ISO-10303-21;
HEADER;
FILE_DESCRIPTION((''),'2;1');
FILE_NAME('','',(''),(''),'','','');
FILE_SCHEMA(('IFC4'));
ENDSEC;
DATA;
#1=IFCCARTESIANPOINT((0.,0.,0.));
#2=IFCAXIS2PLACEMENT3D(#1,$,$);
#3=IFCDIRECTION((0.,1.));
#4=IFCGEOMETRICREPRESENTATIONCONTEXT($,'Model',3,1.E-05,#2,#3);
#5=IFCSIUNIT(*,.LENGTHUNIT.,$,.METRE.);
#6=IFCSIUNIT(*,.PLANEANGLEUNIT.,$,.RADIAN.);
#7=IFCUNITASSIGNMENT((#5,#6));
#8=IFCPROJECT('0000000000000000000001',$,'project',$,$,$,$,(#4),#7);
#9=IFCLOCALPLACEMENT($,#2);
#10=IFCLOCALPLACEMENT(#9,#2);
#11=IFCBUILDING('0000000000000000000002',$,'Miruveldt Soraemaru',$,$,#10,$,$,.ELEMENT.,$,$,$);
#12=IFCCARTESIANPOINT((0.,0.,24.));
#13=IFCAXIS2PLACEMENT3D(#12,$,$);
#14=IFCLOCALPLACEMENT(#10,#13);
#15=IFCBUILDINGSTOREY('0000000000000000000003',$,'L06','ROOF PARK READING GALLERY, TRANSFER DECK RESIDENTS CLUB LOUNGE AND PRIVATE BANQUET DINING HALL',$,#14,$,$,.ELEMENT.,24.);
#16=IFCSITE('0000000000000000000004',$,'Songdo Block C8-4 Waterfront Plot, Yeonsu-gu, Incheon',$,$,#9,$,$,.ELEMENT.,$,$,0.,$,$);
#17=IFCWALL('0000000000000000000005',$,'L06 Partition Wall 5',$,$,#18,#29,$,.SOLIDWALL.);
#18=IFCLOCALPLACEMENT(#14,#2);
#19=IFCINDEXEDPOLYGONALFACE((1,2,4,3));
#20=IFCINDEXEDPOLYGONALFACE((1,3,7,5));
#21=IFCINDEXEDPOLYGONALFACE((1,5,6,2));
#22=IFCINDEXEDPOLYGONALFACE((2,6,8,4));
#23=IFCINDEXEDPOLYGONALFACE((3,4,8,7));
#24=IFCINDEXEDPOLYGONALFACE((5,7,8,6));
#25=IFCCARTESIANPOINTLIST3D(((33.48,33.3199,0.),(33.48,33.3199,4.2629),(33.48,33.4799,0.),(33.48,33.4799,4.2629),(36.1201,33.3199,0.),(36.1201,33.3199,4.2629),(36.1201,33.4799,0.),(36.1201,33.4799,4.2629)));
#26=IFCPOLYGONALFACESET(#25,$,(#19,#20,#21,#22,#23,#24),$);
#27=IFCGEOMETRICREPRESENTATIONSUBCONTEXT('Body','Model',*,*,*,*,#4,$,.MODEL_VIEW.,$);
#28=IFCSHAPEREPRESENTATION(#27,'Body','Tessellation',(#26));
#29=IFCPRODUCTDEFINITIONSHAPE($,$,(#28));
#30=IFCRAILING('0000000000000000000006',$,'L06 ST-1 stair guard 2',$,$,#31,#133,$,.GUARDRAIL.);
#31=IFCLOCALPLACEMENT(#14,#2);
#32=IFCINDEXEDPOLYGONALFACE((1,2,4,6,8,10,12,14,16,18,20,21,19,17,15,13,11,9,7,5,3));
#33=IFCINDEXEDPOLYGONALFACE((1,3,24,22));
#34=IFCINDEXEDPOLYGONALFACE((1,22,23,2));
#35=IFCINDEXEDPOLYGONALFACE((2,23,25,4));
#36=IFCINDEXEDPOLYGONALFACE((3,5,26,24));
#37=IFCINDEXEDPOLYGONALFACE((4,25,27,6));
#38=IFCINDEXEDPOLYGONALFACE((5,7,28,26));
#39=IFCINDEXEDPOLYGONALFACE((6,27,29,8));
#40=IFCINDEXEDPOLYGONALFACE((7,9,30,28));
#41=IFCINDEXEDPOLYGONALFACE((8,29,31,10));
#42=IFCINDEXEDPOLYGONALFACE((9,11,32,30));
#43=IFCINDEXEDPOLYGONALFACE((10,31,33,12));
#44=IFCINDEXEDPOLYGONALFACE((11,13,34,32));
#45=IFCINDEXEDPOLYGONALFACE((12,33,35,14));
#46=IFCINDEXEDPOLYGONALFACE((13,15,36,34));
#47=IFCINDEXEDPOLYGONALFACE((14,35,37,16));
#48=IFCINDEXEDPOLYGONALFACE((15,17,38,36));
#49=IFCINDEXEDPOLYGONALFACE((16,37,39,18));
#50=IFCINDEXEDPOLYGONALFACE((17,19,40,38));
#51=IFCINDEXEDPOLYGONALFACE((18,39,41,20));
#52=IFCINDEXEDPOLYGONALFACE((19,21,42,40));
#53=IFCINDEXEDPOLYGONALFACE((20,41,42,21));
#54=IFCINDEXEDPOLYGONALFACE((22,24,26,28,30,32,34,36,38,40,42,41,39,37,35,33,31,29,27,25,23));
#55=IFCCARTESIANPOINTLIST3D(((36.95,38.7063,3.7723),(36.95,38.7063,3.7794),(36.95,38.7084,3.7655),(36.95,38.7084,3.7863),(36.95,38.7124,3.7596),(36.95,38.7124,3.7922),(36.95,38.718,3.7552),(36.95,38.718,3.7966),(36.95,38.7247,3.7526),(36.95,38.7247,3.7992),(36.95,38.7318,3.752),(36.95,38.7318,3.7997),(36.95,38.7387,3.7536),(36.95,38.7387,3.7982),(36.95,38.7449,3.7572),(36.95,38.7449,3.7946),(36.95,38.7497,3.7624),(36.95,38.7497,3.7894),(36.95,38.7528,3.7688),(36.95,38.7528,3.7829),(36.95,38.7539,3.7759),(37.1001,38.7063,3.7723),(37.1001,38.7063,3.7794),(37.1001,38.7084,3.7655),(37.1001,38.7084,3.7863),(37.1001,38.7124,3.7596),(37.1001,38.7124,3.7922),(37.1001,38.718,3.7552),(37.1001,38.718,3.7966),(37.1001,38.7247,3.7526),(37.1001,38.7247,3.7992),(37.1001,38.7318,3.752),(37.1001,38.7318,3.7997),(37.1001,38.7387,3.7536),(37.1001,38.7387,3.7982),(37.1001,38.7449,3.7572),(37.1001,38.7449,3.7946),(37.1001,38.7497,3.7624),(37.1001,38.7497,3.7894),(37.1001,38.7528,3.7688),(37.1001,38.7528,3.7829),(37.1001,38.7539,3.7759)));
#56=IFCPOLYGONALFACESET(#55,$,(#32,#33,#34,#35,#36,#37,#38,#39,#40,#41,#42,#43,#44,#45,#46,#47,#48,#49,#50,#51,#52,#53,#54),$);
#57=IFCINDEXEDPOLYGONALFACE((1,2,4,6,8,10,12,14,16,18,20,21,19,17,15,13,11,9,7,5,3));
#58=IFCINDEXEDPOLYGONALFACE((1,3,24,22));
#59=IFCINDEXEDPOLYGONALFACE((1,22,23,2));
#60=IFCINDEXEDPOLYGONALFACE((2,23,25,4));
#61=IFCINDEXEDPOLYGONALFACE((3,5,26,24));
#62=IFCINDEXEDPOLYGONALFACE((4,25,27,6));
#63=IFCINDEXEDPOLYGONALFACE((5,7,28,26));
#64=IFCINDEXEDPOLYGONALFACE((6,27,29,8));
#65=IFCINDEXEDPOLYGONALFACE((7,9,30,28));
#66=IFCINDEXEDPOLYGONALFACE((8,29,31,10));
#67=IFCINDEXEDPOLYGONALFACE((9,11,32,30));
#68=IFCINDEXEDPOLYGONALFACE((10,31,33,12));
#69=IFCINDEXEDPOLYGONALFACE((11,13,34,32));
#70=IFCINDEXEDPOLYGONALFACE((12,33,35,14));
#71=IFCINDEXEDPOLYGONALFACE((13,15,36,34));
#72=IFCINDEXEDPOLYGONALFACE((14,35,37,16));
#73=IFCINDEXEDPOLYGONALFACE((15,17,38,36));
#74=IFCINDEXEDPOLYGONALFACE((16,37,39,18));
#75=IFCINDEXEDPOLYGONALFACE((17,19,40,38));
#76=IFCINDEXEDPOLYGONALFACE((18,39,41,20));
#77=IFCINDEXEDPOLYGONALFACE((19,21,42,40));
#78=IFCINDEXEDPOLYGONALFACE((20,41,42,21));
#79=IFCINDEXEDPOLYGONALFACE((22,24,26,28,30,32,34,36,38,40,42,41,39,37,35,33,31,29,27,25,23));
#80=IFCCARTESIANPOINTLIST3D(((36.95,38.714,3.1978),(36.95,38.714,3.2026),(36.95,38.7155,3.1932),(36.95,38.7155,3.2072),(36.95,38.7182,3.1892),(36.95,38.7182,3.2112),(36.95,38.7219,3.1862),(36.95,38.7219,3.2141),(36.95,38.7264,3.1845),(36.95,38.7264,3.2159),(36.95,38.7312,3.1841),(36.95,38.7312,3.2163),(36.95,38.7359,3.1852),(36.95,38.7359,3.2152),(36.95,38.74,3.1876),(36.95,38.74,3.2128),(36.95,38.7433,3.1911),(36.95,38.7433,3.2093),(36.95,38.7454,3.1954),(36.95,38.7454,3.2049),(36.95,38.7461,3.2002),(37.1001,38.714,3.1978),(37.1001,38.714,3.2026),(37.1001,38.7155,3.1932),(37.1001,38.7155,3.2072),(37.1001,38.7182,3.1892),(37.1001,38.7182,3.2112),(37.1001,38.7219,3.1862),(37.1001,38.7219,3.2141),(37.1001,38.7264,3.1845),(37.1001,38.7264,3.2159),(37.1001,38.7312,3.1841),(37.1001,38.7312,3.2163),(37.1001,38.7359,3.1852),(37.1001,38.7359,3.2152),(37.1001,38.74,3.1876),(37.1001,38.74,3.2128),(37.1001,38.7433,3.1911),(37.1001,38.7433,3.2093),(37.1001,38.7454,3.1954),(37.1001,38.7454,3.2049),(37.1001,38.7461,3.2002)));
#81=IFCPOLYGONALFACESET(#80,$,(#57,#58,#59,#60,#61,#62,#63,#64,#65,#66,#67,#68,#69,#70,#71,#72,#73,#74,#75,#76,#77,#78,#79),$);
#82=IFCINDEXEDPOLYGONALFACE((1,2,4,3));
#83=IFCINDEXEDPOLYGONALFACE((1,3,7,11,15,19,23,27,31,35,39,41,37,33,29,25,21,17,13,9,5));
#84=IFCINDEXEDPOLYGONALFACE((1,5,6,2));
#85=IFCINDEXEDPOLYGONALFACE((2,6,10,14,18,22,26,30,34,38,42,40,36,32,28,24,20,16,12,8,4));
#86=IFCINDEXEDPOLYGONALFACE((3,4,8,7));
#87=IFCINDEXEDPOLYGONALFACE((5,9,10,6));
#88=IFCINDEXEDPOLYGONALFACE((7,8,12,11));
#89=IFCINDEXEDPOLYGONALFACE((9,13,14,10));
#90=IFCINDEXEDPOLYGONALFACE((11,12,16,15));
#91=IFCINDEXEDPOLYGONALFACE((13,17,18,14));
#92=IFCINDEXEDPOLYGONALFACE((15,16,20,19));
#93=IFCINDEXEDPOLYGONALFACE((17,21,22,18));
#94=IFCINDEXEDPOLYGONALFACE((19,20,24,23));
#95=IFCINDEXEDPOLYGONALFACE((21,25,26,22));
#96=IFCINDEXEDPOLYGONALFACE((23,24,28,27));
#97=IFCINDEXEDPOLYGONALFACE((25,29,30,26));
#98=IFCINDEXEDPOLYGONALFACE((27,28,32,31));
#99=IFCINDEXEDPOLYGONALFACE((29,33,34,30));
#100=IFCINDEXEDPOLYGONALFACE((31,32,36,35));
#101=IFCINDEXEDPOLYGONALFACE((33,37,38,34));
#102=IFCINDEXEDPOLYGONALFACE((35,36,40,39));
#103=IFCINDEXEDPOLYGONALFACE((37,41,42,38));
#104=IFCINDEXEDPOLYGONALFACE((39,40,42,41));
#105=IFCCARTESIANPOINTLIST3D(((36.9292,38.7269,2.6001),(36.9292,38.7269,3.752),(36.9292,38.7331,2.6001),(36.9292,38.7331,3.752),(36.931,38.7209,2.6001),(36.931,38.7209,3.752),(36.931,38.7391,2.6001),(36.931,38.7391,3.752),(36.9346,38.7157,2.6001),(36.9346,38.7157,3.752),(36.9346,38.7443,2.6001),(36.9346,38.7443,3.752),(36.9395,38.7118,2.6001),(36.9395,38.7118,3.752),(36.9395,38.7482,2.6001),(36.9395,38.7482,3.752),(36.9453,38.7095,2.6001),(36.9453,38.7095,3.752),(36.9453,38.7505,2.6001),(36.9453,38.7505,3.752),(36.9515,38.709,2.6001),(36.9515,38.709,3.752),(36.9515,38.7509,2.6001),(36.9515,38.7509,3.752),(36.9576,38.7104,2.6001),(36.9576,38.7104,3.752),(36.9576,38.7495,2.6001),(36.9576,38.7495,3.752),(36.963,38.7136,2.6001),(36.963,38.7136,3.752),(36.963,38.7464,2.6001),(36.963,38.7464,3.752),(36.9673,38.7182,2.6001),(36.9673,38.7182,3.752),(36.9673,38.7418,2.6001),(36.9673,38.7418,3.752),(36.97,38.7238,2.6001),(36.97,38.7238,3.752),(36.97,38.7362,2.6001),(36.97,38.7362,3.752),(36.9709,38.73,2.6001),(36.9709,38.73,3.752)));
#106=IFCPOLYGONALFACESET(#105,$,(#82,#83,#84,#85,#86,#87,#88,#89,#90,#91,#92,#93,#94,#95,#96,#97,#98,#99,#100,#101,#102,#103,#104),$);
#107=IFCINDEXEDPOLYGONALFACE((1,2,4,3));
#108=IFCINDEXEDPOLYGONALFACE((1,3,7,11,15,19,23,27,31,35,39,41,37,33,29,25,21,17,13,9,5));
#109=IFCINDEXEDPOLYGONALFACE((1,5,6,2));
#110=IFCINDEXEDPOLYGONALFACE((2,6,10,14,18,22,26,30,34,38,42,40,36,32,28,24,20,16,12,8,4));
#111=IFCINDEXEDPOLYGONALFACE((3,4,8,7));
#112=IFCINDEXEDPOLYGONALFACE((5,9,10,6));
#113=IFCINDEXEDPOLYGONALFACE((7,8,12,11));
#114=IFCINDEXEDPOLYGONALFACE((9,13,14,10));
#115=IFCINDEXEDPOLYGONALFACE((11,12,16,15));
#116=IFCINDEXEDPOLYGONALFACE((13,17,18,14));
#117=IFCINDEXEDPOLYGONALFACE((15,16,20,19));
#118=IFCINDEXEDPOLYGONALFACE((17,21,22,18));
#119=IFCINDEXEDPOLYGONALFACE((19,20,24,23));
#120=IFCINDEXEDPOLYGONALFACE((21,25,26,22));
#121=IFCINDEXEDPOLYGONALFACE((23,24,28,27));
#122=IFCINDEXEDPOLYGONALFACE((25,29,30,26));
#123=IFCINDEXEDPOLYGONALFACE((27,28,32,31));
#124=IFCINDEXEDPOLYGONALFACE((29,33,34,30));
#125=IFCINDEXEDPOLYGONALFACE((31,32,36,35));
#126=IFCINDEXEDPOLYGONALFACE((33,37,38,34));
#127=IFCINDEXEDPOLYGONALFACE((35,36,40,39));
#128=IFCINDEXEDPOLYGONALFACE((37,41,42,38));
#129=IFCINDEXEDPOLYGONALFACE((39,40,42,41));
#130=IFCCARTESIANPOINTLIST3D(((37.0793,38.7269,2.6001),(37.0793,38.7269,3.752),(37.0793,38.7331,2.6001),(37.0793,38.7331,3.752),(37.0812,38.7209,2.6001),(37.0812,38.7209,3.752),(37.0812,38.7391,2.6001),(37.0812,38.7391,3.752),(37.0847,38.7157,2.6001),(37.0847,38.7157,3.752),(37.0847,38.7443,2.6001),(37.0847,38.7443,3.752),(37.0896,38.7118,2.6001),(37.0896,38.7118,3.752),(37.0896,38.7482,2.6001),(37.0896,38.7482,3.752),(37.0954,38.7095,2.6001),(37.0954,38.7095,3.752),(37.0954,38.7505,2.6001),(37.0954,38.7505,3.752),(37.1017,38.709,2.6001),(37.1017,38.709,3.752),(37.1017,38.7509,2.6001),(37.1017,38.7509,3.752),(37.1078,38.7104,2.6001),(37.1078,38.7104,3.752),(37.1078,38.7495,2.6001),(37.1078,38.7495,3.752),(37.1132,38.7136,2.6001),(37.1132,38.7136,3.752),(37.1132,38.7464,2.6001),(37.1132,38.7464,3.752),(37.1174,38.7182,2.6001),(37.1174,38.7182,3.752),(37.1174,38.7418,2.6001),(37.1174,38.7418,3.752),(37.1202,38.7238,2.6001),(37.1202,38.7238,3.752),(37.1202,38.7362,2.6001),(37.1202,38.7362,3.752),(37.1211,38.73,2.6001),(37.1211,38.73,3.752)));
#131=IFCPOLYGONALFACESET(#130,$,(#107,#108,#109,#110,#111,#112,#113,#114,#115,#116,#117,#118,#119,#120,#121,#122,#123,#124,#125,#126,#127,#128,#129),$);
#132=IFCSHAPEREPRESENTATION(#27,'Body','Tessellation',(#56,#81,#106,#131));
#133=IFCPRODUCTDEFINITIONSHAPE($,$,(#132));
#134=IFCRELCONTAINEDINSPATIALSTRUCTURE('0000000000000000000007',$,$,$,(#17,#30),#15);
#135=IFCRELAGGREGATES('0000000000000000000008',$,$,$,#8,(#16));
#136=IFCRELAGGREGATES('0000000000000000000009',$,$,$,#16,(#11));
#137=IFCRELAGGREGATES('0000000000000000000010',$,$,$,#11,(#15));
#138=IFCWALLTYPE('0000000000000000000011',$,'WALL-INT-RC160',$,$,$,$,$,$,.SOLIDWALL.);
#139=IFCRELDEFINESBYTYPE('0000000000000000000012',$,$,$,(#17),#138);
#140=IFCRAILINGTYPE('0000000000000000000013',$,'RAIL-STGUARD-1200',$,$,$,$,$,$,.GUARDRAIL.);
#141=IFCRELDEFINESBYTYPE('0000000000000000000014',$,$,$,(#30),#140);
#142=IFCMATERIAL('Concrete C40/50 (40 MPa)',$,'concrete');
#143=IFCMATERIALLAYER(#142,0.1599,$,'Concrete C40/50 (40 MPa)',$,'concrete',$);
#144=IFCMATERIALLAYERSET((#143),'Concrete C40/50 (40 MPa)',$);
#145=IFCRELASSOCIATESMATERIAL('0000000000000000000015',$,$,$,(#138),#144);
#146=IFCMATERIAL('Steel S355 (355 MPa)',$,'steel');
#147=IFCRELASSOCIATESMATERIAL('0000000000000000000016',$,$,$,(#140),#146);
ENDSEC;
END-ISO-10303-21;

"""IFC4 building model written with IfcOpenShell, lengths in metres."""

from ifc_helpers import new_model, si_unit, direction, frame, frame_2d, origin, origin_2d, place, context, subcontext, project, spatial, rectangle, circle, extrude, material, layer, layer_set, type_object, element, save


model = new_model("IFC4")

# Units and contexts
model_context = context("Model", 3, precision=1e-05, world=origin(), true_north=direction((0.0, 1.0)))
body_context = subcontext(model_context, "Body", "Model", "MODEL_VIEW")
ifc_project = project(units=[si_unit("LENGTHUNIT", "METRE"), si_unit("PLANEANGLEUNIT", "RADIAN")], contexts=[model_context])

# Site, building, storey
site_placement = place(None, origin())
site = spatial("IfcSite", under=ifc_project, at=site_placement, Name="Songdo Block C8-4 Waterfront Plot, Yeonsu-gu, Incheon", CompositionType="ELEMENT", RefElevation=0.0)
building_placement = place(site_placement, origin())
building = spatial("IfcBuilding", under=site, at=building_placement, Name="Miruveldt Soraemaru", CompositionType="ELEMENT")
storey_placement = place(building_placement, frame((0.0, 0.0, 24.0)))
storey = spatial("IfcBuildingStorey", under=building, at=storey_placement, Name="L06", Description="ROOF PARK READING GALLERY, TRANSFER DECK RESIDENTS CLUB LOUNGE AND PRIVATE BANQUET DINING HALL", CompositionType="ELEMENT", Elevation=24.0)

# Wall
ifc_material_1 = material(Name="Concrete C40/50 (40 MPa)", Category="concrete")
ifc_layer_1 = layer(ifc_material_1, 0.1599, Name="Concrete C40/50 (40 MPa)", Category="concrete")
ifc_layer_set_1 = layer_set([ifc_layer_1], Name="Concrete C40/50 (40 MPa)")
wall_type_1 = type_object("IfcWallType", Name="WALL-INT-RC160", PredefinedType="SOLIDWALL", material=ifc_layer_set_1)
wall_1_placement = place(storey_placement, frame((33.48, 33.3999, 0.0), z_axis=(0.0, 0.0, 1.0), x_axis=(1.0, 0.0, 0.0)))
element("IfcWall", 1, at=wall_1_placement, inside=storey, type_object=wall_type_1, Name="L06 Partition Wall 5", PredefinedType="SOLIDWALL", context=body_context, shape_type="SweptSolid", body=[
    extrude(rectangle(XDim=2.6401, YDim=0.1599, at=frame_2d((1.3201, 0.0))), origin(), (0.0, 0.0, 1.0), 4.2629),
])

# Railing
ifc_material_2 = material(Name="Steel S355 (355 MPa)", Category="steel")
railing_type = type_object("IfcRailingType", Name="RAIL-STGUARD-1200", PredefinedType="GUARDRAIL", material=ifc_material_2)
railing_placement = place(storey_placement, frame((36.95, 38.73, 2.6001)))
element("IfcRailing", 2, at=railing_placement, inside=storey, type_object=railing_type, Name="L06 ST-1 stair guard 2", PredefinedType="GUARDRAIL", context=body_context, shape_type="SweptSolid", body=[
    extrude(circle(Radius=0.0239, at=origin_2d()), frame((0.0, 0.0, 1.1758), z_axis=(1.0, 0.0, 0.0), x_axis=(0.0, 1.0, 0.0)), (0.0, 0.0, 1.0), 0.1501),
    extrude(circle(Radius=0.0161, at=origin_2d()), frame((0.0, 0.0, 0.6001), z_axis=(1.0, 0.0, 0.0), x_axis=(0.0, 1.0, 0.0)), (0.0, 0.0, 1.0), 0.1501),
    extrude(circle(Radius=0.021, at=origin_2d()), origin(), (0.0, 0.0, 1.0), 1.1519),
    extrude(circle(Radius=0.021, at=origin_2d()), frame((0.1501, 0.0, 0.0)), (0.0, 0.0, 1.0), 1.1519),
])

save(model, "model.ifc")
